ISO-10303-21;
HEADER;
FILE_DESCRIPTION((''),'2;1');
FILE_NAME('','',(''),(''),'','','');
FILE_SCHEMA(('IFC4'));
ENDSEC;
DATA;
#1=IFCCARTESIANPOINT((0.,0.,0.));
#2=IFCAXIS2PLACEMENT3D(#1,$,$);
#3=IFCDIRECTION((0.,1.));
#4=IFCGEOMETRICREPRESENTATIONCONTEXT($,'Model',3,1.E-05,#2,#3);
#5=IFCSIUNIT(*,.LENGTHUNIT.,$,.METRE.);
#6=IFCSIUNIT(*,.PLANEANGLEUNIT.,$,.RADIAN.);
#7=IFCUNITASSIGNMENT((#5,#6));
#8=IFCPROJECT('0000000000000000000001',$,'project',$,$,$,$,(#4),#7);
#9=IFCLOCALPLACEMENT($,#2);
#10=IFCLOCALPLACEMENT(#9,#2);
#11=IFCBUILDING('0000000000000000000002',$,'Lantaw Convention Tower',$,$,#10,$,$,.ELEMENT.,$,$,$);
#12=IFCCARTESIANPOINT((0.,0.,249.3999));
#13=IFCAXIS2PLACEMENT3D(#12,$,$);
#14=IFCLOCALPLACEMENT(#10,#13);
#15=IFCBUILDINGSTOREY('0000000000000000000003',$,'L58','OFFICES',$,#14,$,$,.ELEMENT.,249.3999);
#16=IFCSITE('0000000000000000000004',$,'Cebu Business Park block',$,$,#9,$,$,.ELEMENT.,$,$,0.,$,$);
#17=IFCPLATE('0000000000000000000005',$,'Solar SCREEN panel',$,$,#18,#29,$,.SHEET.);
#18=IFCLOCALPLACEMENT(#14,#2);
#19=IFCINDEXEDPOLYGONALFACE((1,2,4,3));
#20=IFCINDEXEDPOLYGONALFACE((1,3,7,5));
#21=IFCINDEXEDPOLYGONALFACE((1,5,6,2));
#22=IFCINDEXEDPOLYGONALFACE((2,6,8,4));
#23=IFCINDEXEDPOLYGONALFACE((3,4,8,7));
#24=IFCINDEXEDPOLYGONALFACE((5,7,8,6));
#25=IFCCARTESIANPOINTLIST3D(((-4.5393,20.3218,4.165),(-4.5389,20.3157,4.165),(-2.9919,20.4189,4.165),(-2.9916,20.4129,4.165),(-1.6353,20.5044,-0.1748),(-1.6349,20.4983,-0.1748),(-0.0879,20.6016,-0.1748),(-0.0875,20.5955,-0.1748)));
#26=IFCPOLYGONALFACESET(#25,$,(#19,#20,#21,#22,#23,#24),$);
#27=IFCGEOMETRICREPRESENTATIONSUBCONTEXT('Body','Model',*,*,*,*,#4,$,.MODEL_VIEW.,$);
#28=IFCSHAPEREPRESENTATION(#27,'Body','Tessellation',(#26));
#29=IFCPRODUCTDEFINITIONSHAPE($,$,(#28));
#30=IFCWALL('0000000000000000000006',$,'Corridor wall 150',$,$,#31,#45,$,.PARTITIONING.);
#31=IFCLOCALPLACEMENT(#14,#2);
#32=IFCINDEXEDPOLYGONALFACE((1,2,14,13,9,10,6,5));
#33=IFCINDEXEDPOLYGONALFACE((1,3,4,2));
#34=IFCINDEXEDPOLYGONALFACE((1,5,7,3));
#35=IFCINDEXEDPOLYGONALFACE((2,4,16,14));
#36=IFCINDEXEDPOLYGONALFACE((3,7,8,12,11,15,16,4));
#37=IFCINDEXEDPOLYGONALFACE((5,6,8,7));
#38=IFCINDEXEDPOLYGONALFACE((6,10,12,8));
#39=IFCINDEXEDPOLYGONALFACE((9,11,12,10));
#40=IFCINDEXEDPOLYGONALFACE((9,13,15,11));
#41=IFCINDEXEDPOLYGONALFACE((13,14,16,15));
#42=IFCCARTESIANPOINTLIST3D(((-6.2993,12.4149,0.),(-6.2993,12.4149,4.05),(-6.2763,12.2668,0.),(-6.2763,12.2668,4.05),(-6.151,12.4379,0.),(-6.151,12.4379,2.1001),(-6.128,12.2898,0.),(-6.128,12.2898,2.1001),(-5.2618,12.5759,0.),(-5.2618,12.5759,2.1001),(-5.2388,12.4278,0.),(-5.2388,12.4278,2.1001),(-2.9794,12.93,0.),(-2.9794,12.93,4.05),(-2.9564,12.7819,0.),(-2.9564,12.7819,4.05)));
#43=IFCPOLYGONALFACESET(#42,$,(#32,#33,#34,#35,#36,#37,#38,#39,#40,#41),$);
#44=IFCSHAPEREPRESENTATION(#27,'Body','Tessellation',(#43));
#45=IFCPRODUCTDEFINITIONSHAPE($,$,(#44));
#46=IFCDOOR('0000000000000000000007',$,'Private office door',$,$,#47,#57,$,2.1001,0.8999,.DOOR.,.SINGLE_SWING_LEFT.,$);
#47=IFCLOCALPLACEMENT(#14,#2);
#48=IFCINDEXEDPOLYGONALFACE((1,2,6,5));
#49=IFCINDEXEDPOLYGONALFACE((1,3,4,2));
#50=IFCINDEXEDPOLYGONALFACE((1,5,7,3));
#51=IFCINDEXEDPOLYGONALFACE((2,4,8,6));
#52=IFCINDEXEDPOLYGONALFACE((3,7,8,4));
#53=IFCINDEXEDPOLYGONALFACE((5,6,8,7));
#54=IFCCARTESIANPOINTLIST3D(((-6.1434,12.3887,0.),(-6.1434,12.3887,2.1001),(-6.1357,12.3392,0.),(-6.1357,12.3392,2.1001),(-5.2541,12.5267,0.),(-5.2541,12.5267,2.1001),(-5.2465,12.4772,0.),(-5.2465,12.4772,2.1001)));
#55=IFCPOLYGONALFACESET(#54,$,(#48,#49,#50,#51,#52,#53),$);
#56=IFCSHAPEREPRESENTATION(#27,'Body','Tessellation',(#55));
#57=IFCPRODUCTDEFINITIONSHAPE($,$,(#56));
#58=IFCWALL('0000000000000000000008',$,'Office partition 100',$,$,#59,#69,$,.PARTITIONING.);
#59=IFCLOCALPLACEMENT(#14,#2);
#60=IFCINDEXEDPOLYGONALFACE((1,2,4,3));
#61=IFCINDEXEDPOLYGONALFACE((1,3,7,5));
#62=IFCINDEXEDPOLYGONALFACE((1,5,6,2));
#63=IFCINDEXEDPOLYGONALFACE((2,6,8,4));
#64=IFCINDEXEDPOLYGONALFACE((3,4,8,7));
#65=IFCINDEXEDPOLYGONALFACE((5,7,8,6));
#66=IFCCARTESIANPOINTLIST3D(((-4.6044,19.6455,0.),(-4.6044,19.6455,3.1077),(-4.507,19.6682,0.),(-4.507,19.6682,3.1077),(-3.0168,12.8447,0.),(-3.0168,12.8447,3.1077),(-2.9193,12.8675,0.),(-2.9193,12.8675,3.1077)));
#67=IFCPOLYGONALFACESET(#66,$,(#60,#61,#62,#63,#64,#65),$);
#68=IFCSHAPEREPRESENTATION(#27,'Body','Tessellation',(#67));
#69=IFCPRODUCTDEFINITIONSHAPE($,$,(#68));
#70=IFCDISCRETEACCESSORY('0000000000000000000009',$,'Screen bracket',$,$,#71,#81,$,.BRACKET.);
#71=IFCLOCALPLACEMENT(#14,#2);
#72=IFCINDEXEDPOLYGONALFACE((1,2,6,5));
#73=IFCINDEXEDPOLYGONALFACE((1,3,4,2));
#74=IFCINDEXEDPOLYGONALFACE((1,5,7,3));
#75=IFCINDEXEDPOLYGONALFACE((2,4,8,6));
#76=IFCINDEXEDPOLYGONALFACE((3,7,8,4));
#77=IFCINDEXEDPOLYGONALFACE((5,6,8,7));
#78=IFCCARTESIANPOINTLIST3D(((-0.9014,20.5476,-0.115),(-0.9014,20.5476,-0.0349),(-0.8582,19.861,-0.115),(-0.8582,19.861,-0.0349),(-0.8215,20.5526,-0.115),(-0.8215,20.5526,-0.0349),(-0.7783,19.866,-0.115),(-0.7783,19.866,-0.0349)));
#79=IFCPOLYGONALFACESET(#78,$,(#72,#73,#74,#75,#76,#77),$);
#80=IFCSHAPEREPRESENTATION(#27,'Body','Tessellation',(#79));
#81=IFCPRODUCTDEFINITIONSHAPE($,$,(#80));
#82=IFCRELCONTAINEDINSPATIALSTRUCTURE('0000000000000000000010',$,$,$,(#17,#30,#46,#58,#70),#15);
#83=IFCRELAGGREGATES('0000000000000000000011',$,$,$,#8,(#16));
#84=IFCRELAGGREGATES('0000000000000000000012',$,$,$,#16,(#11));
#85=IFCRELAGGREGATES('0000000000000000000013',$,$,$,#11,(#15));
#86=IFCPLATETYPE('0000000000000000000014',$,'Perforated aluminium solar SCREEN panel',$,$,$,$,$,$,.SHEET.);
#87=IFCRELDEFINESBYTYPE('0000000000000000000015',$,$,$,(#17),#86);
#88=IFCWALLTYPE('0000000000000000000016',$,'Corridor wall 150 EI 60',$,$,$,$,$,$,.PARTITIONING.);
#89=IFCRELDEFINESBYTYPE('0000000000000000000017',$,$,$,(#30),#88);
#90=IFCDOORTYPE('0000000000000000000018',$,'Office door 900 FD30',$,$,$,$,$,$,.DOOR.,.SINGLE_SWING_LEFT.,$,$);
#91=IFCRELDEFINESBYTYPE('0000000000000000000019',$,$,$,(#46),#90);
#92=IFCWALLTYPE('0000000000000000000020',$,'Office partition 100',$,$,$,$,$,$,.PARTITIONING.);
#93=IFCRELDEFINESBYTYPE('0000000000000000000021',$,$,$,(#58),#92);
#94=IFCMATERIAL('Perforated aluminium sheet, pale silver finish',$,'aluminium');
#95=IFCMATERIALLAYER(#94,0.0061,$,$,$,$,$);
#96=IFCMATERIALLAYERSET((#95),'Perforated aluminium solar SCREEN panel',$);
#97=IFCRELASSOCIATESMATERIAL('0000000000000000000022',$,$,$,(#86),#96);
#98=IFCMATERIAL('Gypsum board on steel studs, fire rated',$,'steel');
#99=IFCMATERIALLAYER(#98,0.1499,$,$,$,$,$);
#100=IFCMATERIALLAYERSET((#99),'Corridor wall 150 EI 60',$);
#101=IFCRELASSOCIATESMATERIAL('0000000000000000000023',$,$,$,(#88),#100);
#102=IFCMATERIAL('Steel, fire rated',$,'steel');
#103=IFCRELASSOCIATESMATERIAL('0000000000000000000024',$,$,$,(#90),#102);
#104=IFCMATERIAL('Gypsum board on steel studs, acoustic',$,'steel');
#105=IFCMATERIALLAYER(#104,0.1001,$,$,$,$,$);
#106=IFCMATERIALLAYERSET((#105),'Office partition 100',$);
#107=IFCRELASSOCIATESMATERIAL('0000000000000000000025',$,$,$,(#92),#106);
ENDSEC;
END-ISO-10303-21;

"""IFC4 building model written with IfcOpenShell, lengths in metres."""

from ifc_helpers import new_model, si_unit, direction, frame, frame_2d, origin, origin_2d, place, context, subcontext, project, spatial, polyline, rectangle, outline, extrude, material, layer, layer_set, type_object, element, fill, save


model = new_model("IFC4")

# Units and contexts
model_context = context("Model", 3, precision=1e-05, world=origin(), true_north=direction((0.0, 1.0)))
body_context = subcontext(model_context, "Body", "Model", "MODEL_VIEW")
ifc_project = project(units=[si_unit("LENGTHUNIT", "METRE"), si_unit("PLANEANGLEUNIT", "RADIAN")], contexts=[model_context])

# Site, building, storey
site_placement = place(None, origin())
site = spatial("IfcSite", under=ifc_project, at=site_placement, Name="Cebu Business Park block", CompositionType="ELEMENT", RefElevation=0.0)
building_placement = place(site_placement, origin())
building = spatial("IfcBuilding", under=site, at=building_placement, Name="Lantaw Convention Tower", CompositionType="ELEMENT")
storey_placement = place(building_placement, frame((0.0, 0.0, 249.3999)))
storey = spatial("IfcBuildingStorey", under=building, at=storey_placement, Name="L58", Description="OFFICES", CompositionType="ELEMENT", Elevation=249.3999)

# Plate
ifc_material_1 = material(Name="Perforated aluminium sheet, pale silver finish", Category="aluminium")
ifc_layer_1 = layer(ifc_material_1, 0.0061)
ifc_layer_set_1 = layer_set([ifc_layer_1], Name="Perforated aluminium solar SCREEN panel")
plate_type_1 = type_object("IfcPlateType", Name="Perforated aluminium solar SCREEN panel", PredefinedType="SHEET", material=ifc_layer_set_1)
plate_1_placement = place(storey_placement, frame((-0.0879, 20.6016, -0.1748), z_axis=(-0.062672, 0.998034, 0.000059), x_axis=(-0.998034, -0.062672, 0.0)))
element("IfcPlate", 1, at=plate_1_placement, inside=storey, type_object=plate_type_1, Name="Solar SCREEN panel", PredefinedType="SHEET", context=body_context, shape_type="SweptSolid", body=[
    extrude(outline(polyline([(0.0, 0.0), (1.5504, 0.0), (4.4602, 4.3398), (2.9098, 4.3398), (0.0, 0.0)])), origin(), (0.0, 0.0, -1.0), 0.0061),
])

# Wall, opening, door
ifc_material_2 = material(Name="Gypsum board on steel studs, fire rated", Category="steel")
ifc_layer_2 = layer(ifc_material_2, 0.1499)
ifc_layer_set_2 = layer_set([ifc_layer_2], Name="Corridor wall 150 EI 60")
wall_type_1 = type_object("IfcWallType", Name="Corridor wall 150 EI 60", PredefinedType="PARTITIONING", material=ifc_layer_set_2)
wall_1_placement = place(storey_placement, frame((-2.968, 12.856, 0.0), z_axis=(0.0, 0.0, 1.0), x_axis=(-0.988174, -0.153335, 0.0)))
wall_1 = element("IfcWall", 2, at=wall_1_placement, inside=storey, type_object=wall_type_1, Name="Corridor wall 150", PredefinedType="PARTITIONING", context=body_context, shape_type="SweptSolid", body=[
    extrude(rectangle(XDim=3.3596, YDim=0.1499, at=frame_2d((1.6797, 0.0))), origin(), (0.0, 0.0, 1.0), 4.05),
])
opening_placement = place(wall_1_placement, frame((2.3096, 0.0, 0.0)))
opening = element("IfcOpeningElement", 3, at=opening_placement, cuts=wall_1, PredefinedType="OPENING", context=body_context, shape_type="SweptSolid", body=[
    extrude(rectangle(XDim=0.8999, YDim=2.1001, at=frame_2d((0.45, 1.05))), frame((0.0, 0.085, 0.0), z_axis=(0.0, -1.0, 0.0), x_axis=(1.0, 0.0, 0.0)), (0.0, 0.0, 1.0), 0.1699),
])
ifc_material_3 = material(Name="Steel, fire rated", Category="steel")
door_type = type_object("IfcDoorType", Name="Office door 900 FD30", OperationType="SINGLE_SWING_LEFT", PredefinedType="DOOR", material=ifc_material_3)
door_placement = place(opening_placement, origin())
door = element("IfcDoor", 4, at=door_placement, inside=storey, type_object=door_type, Name="Private office door", OperationType="SINGLE_SWING_LEFT", OverallHeight=2.1001, OverallWidth=0.8999, PredefinedType="DOOR", context=body_context, shape_type="SweptSolid", body=[
    extrude(rectangle(XDim=0.8999, YDim=2.1001, at=frame_2d((0.45, 1.05))), frame((0.0, 0.0249, 0.0), z_axis=(0.0, -1.0, 0.0), x_axis=(1.0, 0.0, 0.0)), (0.0, 0.0, 1.0), 0.05),
])
fill(opening, door)

# Wall
ifc_material_4 = material(Name="Gypsum board on steel studs, acoustic", Category="steel")
ifc_layer_3 = layer(ifc_material_4, 0.1001)
ifc_layer_set_3 = layer_set([ifc_layer_3], Name="Office partition 100")
wall_type_2 = type_object("IfcWallType", Name="Office partition 100", PredefinedType="PARTITIONING", material=ifc_layer_set_3)
wall_2_placement = place(storey_placement, frame((-4.5557, 19.6567, 0.0), z_axis=(0.0, 0.0, 1.0), x_axis=(0.227338, -0.973816, 0.0)))
element("IfcWall", 5, at=wall_2_placement, inside=storey, type_object=wall_type_2, Name="Office partition 100", PredefinedType="PARTITIONING", context=body_context, shape_type="SweptSolid", body=[
    extrude(rectangle(XDim=6.9836, YDim=0.1001, at=frame_2d((3.4917, 0.0))), origin(), (0.0, 0.0, 1.0), 3.1077),
])

# Discrete accessory
discrete_accessory_placement = place(storey_placement, frame((-0.8398, 20.2068, -0.115), z_axis=(0.0, 0.0, 1.0), x_axis=(-0.998029, -0.062758, 0.0)))
element("IfcDiscreteAccessory", 6, at=discrete_accessory_placement, inside=storey, Name="Screen bracket", PredefinedType="BRACKET", context=body_context, shape_type="SweptSolid", body=[
    extrude(rectangle(XDim=0.0801, YDim=0.688, at=origin_2d()), origin(), (0.0, 0.0, 1.0), 0.0801),
])

save(model, "model.ifc")
